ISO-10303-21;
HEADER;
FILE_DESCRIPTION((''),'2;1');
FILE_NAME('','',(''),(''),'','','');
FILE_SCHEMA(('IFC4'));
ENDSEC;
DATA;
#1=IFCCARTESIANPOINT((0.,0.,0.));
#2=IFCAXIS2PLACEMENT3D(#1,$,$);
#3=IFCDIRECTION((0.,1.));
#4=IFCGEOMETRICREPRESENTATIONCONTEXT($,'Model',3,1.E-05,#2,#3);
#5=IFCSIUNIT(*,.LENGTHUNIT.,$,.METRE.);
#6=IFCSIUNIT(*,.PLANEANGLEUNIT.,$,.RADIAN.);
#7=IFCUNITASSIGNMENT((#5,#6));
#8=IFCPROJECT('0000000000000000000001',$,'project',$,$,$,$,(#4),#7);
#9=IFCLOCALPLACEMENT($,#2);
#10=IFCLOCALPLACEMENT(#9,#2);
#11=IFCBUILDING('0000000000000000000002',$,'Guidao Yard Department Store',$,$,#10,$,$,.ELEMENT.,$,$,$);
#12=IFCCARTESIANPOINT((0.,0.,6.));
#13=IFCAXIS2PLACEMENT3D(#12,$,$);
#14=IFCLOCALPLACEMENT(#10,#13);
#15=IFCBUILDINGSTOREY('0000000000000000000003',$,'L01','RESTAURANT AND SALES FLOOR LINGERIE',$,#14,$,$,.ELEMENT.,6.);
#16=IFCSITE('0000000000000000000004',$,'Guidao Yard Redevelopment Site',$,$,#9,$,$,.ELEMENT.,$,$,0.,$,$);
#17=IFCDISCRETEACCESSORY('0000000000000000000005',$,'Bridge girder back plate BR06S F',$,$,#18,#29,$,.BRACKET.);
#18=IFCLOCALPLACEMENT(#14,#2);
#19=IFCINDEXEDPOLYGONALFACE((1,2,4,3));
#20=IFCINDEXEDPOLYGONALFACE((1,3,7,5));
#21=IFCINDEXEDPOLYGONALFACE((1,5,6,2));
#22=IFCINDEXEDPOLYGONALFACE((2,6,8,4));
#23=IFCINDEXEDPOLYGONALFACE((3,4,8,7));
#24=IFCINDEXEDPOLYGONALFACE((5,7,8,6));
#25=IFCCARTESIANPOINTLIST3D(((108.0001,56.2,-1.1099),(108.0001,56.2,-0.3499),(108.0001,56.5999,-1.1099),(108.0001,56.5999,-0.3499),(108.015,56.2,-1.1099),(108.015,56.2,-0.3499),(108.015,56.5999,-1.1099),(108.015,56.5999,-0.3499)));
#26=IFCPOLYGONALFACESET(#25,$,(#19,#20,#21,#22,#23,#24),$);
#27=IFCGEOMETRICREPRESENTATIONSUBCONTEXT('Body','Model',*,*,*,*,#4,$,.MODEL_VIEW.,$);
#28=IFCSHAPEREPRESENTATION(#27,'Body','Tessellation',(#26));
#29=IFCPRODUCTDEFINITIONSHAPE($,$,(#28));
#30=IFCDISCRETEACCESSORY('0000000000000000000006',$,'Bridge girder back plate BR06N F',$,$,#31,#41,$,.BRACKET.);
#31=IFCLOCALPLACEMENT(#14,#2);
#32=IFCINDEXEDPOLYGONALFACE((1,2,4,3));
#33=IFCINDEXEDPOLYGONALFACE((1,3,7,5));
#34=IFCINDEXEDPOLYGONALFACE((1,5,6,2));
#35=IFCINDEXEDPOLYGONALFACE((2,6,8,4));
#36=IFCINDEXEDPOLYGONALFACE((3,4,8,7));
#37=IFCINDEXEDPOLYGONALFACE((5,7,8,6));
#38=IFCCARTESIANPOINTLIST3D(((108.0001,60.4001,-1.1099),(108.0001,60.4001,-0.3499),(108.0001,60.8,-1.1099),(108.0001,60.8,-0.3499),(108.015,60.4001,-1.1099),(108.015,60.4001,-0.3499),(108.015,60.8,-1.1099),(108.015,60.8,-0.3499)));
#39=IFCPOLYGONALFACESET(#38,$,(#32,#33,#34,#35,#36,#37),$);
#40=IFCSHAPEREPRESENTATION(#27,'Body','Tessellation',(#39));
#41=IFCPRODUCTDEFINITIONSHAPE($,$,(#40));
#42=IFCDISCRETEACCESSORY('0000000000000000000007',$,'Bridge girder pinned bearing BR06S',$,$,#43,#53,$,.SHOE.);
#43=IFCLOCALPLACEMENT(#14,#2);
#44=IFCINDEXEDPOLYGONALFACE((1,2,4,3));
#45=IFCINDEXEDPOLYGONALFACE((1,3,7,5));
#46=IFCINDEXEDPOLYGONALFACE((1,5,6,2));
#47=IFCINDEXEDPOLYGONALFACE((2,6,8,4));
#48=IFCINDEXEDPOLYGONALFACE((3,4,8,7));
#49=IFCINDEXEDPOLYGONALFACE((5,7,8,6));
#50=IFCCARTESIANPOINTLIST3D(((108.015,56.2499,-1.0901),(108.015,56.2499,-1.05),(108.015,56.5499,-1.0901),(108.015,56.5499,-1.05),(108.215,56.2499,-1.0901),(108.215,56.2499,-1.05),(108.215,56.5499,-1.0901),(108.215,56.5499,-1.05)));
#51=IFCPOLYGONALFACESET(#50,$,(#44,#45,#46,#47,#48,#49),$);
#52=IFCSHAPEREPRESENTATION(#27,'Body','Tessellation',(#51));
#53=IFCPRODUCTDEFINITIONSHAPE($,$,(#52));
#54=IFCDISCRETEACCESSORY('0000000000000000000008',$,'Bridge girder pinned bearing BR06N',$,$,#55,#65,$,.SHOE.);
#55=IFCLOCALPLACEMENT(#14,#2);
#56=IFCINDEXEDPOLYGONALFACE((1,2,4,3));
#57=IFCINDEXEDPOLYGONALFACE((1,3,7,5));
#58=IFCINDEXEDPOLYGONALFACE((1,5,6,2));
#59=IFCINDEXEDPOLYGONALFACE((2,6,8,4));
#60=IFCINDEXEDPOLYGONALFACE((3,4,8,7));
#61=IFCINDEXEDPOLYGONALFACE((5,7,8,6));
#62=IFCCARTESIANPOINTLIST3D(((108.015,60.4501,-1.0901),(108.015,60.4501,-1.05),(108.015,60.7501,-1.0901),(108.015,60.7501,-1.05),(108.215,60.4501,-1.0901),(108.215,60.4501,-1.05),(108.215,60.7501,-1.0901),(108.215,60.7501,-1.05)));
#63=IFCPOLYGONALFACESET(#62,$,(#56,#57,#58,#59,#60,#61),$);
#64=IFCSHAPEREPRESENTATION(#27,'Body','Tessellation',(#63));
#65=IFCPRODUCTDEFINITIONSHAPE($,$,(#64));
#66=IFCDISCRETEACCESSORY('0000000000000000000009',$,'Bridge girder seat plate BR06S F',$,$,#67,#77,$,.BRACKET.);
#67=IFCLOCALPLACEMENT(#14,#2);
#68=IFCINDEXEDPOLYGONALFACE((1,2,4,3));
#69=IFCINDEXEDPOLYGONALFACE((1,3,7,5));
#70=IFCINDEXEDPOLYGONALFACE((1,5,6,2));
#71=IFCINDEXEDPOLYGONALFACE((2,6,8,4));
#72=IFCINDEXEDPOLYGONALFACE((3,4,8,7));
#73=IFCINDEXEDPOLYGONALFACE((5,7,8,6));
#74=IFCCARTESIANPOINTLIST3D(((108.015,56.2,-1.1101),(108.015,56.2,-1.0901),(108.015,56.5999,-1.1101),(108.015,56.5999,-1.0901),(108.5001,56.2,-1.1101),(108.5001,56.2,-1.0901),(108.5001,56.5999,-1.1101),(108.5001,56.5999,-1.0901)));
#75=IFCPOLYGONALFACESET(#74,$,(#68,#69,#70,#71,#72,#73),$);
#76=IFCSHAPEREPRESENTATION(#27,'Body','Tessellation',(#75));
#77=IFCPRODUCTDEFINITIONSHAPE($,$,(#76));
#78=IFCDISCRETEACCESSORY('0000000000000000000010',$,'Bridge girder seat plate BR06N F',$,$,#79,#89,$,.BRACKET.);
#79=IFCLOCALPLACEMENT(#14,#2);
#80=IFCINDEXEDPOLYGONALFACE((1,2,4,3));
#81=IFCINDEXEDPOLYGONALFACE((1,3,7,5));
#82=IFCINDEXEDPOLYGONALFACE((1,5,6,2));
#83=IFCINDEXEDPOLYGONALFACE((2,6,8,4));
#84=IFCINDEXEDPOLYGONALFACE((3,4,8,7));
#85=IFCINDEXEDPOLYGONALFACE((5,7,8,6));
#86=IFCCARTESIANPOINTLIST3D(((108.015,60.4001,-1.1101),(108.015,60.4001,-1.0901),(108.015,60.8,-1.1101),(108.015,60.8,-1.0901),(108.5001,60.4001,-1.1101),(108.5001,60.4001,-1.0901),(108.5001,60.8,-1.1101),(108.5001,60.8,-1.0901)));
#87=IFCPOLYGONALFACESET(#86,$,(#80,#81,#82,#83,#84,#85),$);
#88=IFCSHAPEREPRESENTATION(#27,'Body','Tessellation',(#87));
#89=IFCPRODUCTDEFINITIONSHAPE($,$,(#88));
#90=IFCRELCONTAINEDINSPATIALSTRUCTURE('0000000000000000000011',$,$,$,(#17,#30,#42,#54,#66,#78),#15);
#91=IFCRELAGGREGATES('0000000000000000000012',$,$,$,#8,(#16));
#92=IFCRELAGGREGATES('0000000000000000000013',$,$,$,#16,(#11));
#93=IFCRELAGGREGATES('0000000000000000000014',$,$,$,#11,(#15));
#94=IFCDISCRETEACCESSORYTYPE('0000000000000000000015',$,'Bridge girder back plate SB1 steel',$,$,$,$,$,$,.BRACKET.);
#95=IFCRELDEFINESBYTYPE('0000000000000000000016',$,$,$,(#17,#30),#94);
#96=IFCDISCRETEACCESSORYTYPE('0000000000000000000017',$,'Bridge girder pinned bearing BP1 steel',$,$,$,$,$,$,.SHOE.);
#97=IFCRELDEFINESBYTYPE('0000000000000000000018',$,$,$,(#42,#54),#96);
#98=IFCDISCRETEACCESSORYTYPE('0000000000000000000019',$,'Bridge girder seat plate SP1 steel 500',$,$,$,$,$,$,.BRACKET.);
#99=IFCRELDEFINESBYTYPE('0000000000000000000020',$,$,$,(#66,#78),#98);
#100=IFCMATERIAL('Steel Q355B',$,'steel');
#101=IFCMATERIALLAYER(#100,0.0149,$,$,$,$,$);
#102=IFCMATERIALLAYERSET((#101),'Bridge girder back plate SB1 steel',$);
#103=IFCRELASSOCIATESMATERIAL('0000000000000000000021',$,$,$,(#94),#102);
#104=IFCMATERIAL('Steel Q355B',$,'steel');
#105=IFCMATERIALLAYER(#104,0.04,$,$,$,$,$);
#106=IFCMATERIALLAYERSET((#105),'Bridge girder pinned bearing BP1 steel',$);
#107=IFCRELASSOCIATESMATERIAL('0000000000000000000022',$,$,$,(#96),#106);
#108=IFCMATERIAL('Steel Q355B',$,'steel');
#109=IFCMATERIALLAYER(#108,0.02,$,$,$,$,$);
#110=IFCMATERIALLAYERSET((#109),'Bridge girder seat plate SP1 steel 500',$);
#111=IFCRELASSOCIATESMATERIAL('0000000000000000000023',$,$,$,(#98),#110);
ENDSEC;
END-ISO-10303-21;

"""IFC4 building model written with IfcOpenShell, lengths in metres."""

from ifc_helpers import new_model, si_unit, direction, frame, origin, origin_2d, place, context, subcontext, project, spatial, rectangle, extrude, material, layer, layer_set, type_object, element, save


model = new_model("IFC4")

# Units and contexts
model_context = context("Model", 3, precision=1e-05, world=origin(), true_north=direction((0.0, 1.0)))
body_context = subcontext(model_context, "Body", "Model", "MODEL_VIEW")
ifc_project = project(units=[si_unit("LENGTHUNIT", "METRE"), si_unit("PLANEANGLEUNIT", "RADIAN")], contexts=[model_context])

# Site, building, storey
site_placement = place(None, origin())
site = spatial("IfcSite", under=ifc_project, at=site_placement, Name="Guidao Yard Redevelopment Site", CompositionType="ELEMENT", RefElevation=0.0)
building_placement = place(site_placement, origin())
building = spatial("IfcBuilding", under=site, at=building_placement, Name="Guidao Yard Department Store", CompositionType="ELEMENT")
storey_placement = place(building_placement, frame((0.0, 0.0, 6.0)))
storey = spatial("IfcBuildingStorey", under=building, at=storey_placement, Name="L01", Description="RESTAURANT AND SALES FLOOR LINGERIE", CompositionType="ELEMENT", Elevation=6.0)

# Discrete accessories
ifc_material_1 = material(Name="Steel Q355B", Category="steel")
ifc_layer_1 = layer(ifc_material_1, 0.0149)
ifc_layer_set_1 = layer_set([ifc_layer_1], Name="Bridge girder back plate SB1 steel")
discrete_accessory_type_1 = type_object("IfcDiscreteAccessoryType", Name="Bridge girder back plate SB1 steel", PredefinedType="BRACKET", material=ifc_layer_set_1)
for number, where, z_axis, x_axis, name in (
    (1, (108.0076, 56.3999, -1.1099), (0.0, 0.0, 1.0), (1.0, 0.0, 0.0), "Bridge girder back plate BR06S F"),
    (2, (108.0076, 60.6001, -1.1099), (0.0, 0.0, 1.0), (1.0, 0.0, 0.0), "Bridge girder back plate BR06N F"),
):
    element("IfcDiscreteAccessory", number, at=place(storey_placement, frame(where, z_axis=z_axis, x_axis=x_axis)), inside=storey, type_object=discrete_accessory_type_1, Name=name, PredefinedType="BRACKET", context=body_context, shape_type="SweptSolid", body=[
        extrude(rectangle(XDim=0.0149, YDim=0.3999, at=origin_2d()), origin(), (0.0, 0.0, 1.0), 0.76),
    ])
ifc_material_2 = material(Name="Steel Q355B", Category="steel")
ifc_layer_2 = layer(ifc_material_2, 0.04)
ifc_layer_set_2 = layer_set([ifc_layer_2], Name="Bridge girder pinned bearing BP1 steel")
discrete_accessory_type_2 = type_object("IfcDiscreteAccessoryType", Name="Bridge girder pinned bearing BP1 steel", PredefinedType="SHOE", material=ifc_layer_set_2)
for number, where, z_axis, x_axis, name in (
    (3, (108.115, 56.3999, -1.0901), (0.0, 0.0, 1.0), (1.0, 0.0, 0.0), "Bridge girder pinned bearing BR06S"),
    (4, (108.115, 60.6001, -1.0901), (0.0, 0.0, 1.0), (1.0, 0.0, 0.0), "Bridge girder pinned bearing BR06N"),
):
    element("IfcDiscreteAccessory", number, at=place(storey_placement, frame(where, z_axis=z_axis, x_axis=x_axis)), inside=storey, type_object=discrete_accessory_type_2, Name=name, PredefinedType="SHOE", context=body_context, shape_type="SweptSolid", body=[
        extrude(rectangle(XDim=0.2, YDim=0.3, at=origin_2d()), origin(), (0.0, 0.0, 1.0), 0.04),
    ])
ifc_material_3 = material(Name="Steel Q355B", Category="steel")
ifc_layer_3 = layer(ifc_material_3, 0.02)
ifc_layer_set_3 = layer_set([ifc_layer_3], Name="Bridge girder seat plate SP1 steel 500")
discrete_accessory_type_3 = type_object("IfcDiscreteAccessoryType", Name="Bridge girder seat plate SP1 steel 500", PredefinedType="BRACKET", material=ifc_layer_set_3)
for number, where, z_axis, x_axis, name in (
    (5, (108.2576, 56.3999, -1.1101), (0.0, 0.0, 1.0), (1.0, 0.0, 0.0), "Bridge girder seat plate BR06S F"),
    (6, (108.2576, 60.6001, -1.1101), (0.0, 0.0, 1.0), (1.0, 0.0, 0.0), "Bridge girder seat plate BR06N F"),
):
    element("IfcDiscreteAccessory", number, at=place(storey_placement, frame(where, z_axis=z_axis, x_axis=x_axis)), inside=storey, type_object=discrete_accessory_type_3, Name=name, PredefinedType="BRACKET", context=body_context, shape_type="SweptSolid", body=[
        extrude(rectangle(XDim=0.4851, YDim=0.3999, at=origin_2d()), origin(), (0.0, 0.0, 1.0), 0.02),
    ])

save(model, "model.ifc")
